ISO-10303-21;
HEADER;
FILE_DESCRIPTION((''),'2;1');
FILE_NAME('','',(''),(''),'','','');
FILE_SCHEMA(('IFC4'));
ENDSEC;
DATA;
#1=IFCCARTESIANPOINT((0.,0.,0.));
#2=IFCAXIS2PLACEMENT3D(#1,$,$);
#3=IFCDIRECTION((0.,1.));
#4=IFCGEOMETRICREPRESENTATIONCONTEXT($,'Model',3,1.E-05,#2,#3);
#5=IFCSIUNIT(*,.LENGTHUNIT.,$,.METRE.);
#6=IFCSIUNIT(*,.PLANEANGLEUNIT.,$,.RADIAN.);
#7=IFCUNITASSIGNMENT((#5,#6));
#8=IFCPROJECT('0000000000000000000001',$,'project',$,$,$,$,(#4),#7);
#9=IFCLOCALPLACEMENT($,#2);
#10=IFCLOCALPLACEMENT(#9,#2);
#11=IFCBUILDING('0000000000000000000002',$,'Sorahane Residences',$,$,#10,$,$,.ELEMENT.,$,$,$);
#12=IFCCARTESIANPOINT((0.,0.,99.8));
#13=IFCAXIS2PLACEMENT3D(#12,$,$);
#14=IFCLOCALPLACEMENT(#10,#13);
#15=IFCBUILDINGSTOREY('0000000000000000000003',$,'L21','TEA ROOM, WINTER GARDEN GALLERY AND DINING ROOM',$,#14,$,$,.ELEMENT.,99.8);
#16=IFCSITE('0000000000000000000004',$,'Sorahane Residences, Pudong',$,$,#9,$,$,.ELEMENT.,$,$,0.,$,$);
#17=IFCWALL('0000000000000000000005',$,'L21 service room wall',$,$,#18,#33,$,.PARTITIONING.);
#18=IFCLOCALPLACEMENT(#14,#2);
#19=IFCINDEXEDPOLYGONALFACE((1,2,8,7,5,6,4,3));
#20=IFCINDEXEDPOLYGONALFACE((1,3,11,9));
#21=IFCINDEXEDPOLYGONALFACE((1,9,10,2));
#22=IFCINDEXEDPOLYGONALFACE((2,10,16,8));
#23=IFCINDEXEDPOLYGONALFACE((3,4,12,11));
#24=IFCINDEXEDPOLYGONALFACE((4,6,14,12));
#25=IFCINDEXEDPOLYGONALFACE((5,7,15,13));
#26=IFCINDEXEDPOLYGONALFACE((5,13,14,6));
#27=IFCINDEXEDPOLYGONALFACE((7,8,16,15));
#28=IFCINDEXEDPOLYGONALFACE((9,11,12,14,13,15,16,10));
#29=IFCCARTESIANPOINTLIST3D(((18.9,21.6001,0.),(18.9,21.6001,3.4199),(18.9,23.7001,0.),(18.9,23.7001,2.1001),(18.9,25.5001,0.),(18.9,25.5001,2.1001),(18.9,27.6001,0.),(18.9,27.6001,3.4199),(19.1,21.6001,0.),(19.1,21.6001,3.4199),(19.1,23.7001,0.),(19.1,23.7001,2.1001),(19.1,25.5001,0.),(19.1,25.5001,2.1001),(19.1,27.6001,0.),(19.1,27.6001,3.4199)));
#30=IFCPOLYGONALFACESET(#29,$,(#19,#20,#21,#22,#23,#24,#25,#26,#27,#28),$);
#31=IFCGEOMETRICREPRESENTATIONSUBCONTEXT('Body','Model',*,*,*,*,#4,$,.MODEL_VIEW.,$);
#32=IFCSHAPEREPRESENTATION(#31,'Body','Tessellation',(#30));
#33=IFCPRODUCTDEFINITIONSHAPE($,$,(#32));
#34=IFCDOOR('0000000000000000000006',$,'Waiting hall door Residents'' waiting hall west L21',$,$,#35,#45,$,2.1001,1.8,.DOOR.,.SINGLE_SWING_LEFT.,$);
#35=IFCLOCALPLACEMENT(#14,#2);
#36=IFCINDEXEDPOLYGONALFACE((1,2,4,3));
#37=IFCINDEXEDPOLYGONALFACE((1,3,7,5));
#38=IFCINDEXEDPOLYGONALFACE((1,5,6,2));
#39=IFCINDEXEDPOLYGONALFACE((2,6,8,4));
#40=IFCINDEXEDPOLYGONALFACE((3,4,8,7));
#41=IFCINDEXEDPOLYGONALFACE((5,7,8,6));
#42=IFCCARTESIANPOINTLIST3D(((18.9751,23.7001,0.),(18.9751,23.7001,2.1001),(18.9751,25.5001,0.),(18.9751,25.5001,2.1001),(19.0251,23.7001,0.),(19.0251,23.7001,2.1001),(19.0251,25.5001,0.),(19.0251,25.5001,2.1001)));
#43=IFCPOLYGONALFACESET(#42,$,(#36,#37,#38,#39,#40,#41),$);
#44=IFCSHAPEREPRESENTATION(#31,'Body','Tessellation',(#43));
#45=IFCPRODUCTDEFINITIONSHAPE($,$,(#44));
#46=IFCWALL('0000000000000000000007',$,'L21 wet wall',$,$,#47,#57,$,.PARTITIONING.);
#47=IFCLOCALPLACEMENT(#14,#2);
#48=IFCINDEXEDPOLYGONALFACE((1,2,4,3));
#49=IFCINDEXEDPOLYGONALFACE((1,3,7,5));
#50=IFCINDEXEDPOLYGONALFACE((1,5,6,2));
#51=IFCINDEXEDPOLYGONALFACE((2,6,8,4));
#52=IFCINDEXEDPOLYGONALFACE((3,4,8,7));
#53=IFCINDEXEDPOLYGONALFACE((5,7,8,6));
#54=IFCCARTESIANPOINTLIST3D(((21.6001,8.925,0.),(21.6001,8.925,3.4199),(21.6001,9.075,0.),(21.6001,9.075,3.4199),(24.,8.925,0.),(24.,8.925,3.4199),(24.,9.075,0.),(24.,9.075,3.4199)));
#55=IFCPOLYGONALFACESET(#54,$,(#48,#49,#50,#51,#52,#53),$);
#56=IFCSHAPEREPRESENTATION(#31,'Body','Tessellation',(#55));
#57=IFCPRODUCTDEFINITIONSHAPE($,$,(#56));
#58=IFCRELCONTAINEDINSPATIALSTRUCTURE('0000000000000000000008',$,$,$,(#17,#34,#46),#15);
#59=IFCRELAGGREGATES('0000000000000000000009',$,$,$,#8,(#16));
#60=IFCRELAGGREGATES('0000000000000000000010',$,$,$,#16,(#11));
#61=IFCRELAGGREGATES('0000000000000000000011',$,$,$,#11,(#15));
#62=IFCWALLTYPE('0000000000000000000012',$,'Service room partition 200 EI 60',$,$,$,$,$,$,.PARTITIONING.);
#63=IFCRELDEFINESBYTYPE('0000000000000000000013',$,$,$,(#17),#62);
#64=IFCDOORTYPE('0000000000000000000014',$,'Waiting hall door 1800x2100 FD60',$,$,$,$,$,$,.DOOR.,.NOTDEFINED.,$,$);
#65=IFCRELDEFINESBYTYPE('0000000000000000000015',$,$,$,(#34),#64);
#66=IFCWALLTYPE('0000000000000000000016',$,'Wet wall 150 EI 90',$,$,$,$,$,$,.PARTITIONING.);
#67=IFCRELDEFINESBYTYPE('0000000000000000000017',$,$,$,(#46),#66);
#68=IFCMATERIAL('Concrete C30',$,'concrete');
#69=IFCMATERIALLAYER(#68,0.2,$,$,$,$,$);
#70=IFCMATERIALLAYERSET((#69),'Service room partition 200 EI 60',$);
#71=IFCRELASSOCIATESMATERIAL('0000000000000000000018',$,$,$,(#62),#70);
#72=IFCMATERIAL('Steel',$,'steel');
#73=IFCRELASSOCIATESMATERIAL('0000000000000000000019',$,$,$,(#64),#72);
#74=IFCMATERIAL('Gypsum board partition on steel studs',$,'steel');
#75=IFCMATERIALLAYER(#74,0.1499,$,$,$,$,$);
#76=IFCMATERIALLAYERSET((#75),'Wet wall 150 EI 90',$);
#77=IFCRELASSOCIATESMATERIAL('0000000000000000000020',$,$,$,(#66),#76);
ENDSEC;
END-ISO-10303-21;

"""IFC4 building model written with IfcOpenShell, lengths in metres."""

from ifc_helpers import new_model, si_unit, direction, frame, frame_2d, origin, place, context, subcontext, project, spatial, rectangle, extrude, material, layer, layer_set, type_object, element, fill, save


model = new_model("IFC4")

# Units and contexts
model_context = context("Model", 3, precision=1e-05, world=origin(), true_north=direction((0.0, 1.0)))
body_context = subcontext(model_context, "Body", "Model", "MODEL_VIEW")
ifc_project = project(units=[si_unit("LENGTHUNIT", "METRE"), si_unit("PLANEANGLEUNIT", "RADIAN")], contexts=[model_context])

# Site, building, storey
site_placement = place(None, origin())
site = spatial("IfcSite", under=ifc_project, at=site_placement, Name="Sorahane Residences, Pudong", CompositionType="ELEMENT", RefElevation=0.0)
building_placement = place(site_placement, origin())
building = spatial("IfcBuilding", under=site, at=building_placement, Name="Sorahane Residences", CompositionType="ELEMENT")
storey_placement = place(building_placement, frame((0.0, 0.0, 99.8)))
storey = spatial("IfcBuildingStorey", under=building, at=storey_placement, Name="L21", Description="TEA ROOM, WINTER GARDEN GALLERY AND DINING ROOM", CompositionType="ELEMENT", Elevation=99.8)

# Wall, opening, door
ifc_material_1 = material(Name="Concrete C30", Category="concrete")
ifc_layer_1 = layer(ifc_material_1, 0.2)
ifc_layer_set_1 = layer_set([ifc_layer_1], Name="Service room partition 200 EI 60")
wall_type_1 = type_object("IfcWallType", Name="Service room partition 200 EI 60", PredefinedType="PARTITIONING", material=ifc_layer_set_1)
wall_1_placement = place(storey_placement, frame((19.0, 21.6001, 0.0), z_axis=(0.0, 0.0, 1.0), x_axis=(0.0, 1.0, 0.0)))
wall_1 = element("IfcWall", 1, at=wall_1_placement, inside=storey, type_object=wall_type_1, Name="L21 service room wall", PredefinedType="PARTITIONING", context=body_context, shape_type="SweptSolid", body=[
    extrude(rectangle(XDim=6.0, YDim=0.2, at=frame_2d((3.0, 0.0))), origin(), (0.0, 0.0, 1.0), 3.4199),
])
opening_1_placement = place(wall_1_placement, frame((2.1001, 0.0, 0.0)))
opening_1 = element("IfcOpeningElement", 2, at=opening_1_placement, cuts=wall_1, PredefinedType="OPENING", context=body_context, shape_type="SweptSolid", body=[
    extrude(rectangle(XDim=1.8, YDim=2.1001, at=frame_2d((0.8999, 1.05))), frame((0.0, 0.1099, 0.0), z_axis=(0.0, -1.0, 0.0), x_axis=(1.0, 0.0, 0.0)), (0.0, 0.0, 1.0), 0.22),
])
ifc_material_2 = material(Name="Steel", Category="steel")
door_type_1 = type_object("IfcDoorType", Name="Waiting hall door 1800x2100 FD60", OperationType="NOTDEFINED", PredefinedType="DOOR", material=ifc_material_2)
door_1_placement = place(opening_1_placement, origin())
door_1 = element("IfcDoor", 3, at=door_1_placement, inside=storey, type_object=door_type_1, Name="Waiting hall door Residents' waiting hall west L21", OperationType="SINGLE_SWING_LEFT", OverallHeight=2.1001, OverallWidth=1.8, PredefinedType="DOOR", context=body_context, shape_type="SweptSolid", body=[
    extrude(rectangle(XDim=1.8, YDim=2.1001, at=frame_2d((0.8999, 1.05))), frame((0.0, 0.0249, 0.0), z_axis=(0.0, -1.0, 0.0), x_axis=(1.0, 0.0, 0.0)), (0.0, 0.0, 1.0), 0.05),
])
fill(opening_1, door_1)

# Wall
ifc_material_3 = material(Name="Gypsum board partition on steel studs", Category="steel")
ifc_layer_2 = layer(ifc_material_3, 0.1499)
ifc_layer_set_2 = layer_set([ifc_layer_2], Name="Wet wall 150 EI 90")
wall_type_2 = type_object("IfcWallType", Name="Wet wall 150 EI 90", PredefinedType="PARTITIONING", material=ifc_layer_set_2)
wall_2_placement = place(storey_placement, frame((21.6001, 9.0, 0.0), z_axis=(0.0, 0.0, 1.0), x_axis=(1.0, 0.0, 0.0)))
element("IfcWall", 4, at=wall_2_placement, inside=storey, type_object=wall_type_2, Name="L21 wet wall", PredefinedType="PARTITIONING", context=body_context, shape_type="SweptSolid", body=[
    extrude(rectangle(XDim=2.3999, YDim=0.1499, at=frame_2d((1.2, 0.0))), origin(), (0.0, 0.0, 1.0), 3.4199),
])

save(model, "model.ifc")
